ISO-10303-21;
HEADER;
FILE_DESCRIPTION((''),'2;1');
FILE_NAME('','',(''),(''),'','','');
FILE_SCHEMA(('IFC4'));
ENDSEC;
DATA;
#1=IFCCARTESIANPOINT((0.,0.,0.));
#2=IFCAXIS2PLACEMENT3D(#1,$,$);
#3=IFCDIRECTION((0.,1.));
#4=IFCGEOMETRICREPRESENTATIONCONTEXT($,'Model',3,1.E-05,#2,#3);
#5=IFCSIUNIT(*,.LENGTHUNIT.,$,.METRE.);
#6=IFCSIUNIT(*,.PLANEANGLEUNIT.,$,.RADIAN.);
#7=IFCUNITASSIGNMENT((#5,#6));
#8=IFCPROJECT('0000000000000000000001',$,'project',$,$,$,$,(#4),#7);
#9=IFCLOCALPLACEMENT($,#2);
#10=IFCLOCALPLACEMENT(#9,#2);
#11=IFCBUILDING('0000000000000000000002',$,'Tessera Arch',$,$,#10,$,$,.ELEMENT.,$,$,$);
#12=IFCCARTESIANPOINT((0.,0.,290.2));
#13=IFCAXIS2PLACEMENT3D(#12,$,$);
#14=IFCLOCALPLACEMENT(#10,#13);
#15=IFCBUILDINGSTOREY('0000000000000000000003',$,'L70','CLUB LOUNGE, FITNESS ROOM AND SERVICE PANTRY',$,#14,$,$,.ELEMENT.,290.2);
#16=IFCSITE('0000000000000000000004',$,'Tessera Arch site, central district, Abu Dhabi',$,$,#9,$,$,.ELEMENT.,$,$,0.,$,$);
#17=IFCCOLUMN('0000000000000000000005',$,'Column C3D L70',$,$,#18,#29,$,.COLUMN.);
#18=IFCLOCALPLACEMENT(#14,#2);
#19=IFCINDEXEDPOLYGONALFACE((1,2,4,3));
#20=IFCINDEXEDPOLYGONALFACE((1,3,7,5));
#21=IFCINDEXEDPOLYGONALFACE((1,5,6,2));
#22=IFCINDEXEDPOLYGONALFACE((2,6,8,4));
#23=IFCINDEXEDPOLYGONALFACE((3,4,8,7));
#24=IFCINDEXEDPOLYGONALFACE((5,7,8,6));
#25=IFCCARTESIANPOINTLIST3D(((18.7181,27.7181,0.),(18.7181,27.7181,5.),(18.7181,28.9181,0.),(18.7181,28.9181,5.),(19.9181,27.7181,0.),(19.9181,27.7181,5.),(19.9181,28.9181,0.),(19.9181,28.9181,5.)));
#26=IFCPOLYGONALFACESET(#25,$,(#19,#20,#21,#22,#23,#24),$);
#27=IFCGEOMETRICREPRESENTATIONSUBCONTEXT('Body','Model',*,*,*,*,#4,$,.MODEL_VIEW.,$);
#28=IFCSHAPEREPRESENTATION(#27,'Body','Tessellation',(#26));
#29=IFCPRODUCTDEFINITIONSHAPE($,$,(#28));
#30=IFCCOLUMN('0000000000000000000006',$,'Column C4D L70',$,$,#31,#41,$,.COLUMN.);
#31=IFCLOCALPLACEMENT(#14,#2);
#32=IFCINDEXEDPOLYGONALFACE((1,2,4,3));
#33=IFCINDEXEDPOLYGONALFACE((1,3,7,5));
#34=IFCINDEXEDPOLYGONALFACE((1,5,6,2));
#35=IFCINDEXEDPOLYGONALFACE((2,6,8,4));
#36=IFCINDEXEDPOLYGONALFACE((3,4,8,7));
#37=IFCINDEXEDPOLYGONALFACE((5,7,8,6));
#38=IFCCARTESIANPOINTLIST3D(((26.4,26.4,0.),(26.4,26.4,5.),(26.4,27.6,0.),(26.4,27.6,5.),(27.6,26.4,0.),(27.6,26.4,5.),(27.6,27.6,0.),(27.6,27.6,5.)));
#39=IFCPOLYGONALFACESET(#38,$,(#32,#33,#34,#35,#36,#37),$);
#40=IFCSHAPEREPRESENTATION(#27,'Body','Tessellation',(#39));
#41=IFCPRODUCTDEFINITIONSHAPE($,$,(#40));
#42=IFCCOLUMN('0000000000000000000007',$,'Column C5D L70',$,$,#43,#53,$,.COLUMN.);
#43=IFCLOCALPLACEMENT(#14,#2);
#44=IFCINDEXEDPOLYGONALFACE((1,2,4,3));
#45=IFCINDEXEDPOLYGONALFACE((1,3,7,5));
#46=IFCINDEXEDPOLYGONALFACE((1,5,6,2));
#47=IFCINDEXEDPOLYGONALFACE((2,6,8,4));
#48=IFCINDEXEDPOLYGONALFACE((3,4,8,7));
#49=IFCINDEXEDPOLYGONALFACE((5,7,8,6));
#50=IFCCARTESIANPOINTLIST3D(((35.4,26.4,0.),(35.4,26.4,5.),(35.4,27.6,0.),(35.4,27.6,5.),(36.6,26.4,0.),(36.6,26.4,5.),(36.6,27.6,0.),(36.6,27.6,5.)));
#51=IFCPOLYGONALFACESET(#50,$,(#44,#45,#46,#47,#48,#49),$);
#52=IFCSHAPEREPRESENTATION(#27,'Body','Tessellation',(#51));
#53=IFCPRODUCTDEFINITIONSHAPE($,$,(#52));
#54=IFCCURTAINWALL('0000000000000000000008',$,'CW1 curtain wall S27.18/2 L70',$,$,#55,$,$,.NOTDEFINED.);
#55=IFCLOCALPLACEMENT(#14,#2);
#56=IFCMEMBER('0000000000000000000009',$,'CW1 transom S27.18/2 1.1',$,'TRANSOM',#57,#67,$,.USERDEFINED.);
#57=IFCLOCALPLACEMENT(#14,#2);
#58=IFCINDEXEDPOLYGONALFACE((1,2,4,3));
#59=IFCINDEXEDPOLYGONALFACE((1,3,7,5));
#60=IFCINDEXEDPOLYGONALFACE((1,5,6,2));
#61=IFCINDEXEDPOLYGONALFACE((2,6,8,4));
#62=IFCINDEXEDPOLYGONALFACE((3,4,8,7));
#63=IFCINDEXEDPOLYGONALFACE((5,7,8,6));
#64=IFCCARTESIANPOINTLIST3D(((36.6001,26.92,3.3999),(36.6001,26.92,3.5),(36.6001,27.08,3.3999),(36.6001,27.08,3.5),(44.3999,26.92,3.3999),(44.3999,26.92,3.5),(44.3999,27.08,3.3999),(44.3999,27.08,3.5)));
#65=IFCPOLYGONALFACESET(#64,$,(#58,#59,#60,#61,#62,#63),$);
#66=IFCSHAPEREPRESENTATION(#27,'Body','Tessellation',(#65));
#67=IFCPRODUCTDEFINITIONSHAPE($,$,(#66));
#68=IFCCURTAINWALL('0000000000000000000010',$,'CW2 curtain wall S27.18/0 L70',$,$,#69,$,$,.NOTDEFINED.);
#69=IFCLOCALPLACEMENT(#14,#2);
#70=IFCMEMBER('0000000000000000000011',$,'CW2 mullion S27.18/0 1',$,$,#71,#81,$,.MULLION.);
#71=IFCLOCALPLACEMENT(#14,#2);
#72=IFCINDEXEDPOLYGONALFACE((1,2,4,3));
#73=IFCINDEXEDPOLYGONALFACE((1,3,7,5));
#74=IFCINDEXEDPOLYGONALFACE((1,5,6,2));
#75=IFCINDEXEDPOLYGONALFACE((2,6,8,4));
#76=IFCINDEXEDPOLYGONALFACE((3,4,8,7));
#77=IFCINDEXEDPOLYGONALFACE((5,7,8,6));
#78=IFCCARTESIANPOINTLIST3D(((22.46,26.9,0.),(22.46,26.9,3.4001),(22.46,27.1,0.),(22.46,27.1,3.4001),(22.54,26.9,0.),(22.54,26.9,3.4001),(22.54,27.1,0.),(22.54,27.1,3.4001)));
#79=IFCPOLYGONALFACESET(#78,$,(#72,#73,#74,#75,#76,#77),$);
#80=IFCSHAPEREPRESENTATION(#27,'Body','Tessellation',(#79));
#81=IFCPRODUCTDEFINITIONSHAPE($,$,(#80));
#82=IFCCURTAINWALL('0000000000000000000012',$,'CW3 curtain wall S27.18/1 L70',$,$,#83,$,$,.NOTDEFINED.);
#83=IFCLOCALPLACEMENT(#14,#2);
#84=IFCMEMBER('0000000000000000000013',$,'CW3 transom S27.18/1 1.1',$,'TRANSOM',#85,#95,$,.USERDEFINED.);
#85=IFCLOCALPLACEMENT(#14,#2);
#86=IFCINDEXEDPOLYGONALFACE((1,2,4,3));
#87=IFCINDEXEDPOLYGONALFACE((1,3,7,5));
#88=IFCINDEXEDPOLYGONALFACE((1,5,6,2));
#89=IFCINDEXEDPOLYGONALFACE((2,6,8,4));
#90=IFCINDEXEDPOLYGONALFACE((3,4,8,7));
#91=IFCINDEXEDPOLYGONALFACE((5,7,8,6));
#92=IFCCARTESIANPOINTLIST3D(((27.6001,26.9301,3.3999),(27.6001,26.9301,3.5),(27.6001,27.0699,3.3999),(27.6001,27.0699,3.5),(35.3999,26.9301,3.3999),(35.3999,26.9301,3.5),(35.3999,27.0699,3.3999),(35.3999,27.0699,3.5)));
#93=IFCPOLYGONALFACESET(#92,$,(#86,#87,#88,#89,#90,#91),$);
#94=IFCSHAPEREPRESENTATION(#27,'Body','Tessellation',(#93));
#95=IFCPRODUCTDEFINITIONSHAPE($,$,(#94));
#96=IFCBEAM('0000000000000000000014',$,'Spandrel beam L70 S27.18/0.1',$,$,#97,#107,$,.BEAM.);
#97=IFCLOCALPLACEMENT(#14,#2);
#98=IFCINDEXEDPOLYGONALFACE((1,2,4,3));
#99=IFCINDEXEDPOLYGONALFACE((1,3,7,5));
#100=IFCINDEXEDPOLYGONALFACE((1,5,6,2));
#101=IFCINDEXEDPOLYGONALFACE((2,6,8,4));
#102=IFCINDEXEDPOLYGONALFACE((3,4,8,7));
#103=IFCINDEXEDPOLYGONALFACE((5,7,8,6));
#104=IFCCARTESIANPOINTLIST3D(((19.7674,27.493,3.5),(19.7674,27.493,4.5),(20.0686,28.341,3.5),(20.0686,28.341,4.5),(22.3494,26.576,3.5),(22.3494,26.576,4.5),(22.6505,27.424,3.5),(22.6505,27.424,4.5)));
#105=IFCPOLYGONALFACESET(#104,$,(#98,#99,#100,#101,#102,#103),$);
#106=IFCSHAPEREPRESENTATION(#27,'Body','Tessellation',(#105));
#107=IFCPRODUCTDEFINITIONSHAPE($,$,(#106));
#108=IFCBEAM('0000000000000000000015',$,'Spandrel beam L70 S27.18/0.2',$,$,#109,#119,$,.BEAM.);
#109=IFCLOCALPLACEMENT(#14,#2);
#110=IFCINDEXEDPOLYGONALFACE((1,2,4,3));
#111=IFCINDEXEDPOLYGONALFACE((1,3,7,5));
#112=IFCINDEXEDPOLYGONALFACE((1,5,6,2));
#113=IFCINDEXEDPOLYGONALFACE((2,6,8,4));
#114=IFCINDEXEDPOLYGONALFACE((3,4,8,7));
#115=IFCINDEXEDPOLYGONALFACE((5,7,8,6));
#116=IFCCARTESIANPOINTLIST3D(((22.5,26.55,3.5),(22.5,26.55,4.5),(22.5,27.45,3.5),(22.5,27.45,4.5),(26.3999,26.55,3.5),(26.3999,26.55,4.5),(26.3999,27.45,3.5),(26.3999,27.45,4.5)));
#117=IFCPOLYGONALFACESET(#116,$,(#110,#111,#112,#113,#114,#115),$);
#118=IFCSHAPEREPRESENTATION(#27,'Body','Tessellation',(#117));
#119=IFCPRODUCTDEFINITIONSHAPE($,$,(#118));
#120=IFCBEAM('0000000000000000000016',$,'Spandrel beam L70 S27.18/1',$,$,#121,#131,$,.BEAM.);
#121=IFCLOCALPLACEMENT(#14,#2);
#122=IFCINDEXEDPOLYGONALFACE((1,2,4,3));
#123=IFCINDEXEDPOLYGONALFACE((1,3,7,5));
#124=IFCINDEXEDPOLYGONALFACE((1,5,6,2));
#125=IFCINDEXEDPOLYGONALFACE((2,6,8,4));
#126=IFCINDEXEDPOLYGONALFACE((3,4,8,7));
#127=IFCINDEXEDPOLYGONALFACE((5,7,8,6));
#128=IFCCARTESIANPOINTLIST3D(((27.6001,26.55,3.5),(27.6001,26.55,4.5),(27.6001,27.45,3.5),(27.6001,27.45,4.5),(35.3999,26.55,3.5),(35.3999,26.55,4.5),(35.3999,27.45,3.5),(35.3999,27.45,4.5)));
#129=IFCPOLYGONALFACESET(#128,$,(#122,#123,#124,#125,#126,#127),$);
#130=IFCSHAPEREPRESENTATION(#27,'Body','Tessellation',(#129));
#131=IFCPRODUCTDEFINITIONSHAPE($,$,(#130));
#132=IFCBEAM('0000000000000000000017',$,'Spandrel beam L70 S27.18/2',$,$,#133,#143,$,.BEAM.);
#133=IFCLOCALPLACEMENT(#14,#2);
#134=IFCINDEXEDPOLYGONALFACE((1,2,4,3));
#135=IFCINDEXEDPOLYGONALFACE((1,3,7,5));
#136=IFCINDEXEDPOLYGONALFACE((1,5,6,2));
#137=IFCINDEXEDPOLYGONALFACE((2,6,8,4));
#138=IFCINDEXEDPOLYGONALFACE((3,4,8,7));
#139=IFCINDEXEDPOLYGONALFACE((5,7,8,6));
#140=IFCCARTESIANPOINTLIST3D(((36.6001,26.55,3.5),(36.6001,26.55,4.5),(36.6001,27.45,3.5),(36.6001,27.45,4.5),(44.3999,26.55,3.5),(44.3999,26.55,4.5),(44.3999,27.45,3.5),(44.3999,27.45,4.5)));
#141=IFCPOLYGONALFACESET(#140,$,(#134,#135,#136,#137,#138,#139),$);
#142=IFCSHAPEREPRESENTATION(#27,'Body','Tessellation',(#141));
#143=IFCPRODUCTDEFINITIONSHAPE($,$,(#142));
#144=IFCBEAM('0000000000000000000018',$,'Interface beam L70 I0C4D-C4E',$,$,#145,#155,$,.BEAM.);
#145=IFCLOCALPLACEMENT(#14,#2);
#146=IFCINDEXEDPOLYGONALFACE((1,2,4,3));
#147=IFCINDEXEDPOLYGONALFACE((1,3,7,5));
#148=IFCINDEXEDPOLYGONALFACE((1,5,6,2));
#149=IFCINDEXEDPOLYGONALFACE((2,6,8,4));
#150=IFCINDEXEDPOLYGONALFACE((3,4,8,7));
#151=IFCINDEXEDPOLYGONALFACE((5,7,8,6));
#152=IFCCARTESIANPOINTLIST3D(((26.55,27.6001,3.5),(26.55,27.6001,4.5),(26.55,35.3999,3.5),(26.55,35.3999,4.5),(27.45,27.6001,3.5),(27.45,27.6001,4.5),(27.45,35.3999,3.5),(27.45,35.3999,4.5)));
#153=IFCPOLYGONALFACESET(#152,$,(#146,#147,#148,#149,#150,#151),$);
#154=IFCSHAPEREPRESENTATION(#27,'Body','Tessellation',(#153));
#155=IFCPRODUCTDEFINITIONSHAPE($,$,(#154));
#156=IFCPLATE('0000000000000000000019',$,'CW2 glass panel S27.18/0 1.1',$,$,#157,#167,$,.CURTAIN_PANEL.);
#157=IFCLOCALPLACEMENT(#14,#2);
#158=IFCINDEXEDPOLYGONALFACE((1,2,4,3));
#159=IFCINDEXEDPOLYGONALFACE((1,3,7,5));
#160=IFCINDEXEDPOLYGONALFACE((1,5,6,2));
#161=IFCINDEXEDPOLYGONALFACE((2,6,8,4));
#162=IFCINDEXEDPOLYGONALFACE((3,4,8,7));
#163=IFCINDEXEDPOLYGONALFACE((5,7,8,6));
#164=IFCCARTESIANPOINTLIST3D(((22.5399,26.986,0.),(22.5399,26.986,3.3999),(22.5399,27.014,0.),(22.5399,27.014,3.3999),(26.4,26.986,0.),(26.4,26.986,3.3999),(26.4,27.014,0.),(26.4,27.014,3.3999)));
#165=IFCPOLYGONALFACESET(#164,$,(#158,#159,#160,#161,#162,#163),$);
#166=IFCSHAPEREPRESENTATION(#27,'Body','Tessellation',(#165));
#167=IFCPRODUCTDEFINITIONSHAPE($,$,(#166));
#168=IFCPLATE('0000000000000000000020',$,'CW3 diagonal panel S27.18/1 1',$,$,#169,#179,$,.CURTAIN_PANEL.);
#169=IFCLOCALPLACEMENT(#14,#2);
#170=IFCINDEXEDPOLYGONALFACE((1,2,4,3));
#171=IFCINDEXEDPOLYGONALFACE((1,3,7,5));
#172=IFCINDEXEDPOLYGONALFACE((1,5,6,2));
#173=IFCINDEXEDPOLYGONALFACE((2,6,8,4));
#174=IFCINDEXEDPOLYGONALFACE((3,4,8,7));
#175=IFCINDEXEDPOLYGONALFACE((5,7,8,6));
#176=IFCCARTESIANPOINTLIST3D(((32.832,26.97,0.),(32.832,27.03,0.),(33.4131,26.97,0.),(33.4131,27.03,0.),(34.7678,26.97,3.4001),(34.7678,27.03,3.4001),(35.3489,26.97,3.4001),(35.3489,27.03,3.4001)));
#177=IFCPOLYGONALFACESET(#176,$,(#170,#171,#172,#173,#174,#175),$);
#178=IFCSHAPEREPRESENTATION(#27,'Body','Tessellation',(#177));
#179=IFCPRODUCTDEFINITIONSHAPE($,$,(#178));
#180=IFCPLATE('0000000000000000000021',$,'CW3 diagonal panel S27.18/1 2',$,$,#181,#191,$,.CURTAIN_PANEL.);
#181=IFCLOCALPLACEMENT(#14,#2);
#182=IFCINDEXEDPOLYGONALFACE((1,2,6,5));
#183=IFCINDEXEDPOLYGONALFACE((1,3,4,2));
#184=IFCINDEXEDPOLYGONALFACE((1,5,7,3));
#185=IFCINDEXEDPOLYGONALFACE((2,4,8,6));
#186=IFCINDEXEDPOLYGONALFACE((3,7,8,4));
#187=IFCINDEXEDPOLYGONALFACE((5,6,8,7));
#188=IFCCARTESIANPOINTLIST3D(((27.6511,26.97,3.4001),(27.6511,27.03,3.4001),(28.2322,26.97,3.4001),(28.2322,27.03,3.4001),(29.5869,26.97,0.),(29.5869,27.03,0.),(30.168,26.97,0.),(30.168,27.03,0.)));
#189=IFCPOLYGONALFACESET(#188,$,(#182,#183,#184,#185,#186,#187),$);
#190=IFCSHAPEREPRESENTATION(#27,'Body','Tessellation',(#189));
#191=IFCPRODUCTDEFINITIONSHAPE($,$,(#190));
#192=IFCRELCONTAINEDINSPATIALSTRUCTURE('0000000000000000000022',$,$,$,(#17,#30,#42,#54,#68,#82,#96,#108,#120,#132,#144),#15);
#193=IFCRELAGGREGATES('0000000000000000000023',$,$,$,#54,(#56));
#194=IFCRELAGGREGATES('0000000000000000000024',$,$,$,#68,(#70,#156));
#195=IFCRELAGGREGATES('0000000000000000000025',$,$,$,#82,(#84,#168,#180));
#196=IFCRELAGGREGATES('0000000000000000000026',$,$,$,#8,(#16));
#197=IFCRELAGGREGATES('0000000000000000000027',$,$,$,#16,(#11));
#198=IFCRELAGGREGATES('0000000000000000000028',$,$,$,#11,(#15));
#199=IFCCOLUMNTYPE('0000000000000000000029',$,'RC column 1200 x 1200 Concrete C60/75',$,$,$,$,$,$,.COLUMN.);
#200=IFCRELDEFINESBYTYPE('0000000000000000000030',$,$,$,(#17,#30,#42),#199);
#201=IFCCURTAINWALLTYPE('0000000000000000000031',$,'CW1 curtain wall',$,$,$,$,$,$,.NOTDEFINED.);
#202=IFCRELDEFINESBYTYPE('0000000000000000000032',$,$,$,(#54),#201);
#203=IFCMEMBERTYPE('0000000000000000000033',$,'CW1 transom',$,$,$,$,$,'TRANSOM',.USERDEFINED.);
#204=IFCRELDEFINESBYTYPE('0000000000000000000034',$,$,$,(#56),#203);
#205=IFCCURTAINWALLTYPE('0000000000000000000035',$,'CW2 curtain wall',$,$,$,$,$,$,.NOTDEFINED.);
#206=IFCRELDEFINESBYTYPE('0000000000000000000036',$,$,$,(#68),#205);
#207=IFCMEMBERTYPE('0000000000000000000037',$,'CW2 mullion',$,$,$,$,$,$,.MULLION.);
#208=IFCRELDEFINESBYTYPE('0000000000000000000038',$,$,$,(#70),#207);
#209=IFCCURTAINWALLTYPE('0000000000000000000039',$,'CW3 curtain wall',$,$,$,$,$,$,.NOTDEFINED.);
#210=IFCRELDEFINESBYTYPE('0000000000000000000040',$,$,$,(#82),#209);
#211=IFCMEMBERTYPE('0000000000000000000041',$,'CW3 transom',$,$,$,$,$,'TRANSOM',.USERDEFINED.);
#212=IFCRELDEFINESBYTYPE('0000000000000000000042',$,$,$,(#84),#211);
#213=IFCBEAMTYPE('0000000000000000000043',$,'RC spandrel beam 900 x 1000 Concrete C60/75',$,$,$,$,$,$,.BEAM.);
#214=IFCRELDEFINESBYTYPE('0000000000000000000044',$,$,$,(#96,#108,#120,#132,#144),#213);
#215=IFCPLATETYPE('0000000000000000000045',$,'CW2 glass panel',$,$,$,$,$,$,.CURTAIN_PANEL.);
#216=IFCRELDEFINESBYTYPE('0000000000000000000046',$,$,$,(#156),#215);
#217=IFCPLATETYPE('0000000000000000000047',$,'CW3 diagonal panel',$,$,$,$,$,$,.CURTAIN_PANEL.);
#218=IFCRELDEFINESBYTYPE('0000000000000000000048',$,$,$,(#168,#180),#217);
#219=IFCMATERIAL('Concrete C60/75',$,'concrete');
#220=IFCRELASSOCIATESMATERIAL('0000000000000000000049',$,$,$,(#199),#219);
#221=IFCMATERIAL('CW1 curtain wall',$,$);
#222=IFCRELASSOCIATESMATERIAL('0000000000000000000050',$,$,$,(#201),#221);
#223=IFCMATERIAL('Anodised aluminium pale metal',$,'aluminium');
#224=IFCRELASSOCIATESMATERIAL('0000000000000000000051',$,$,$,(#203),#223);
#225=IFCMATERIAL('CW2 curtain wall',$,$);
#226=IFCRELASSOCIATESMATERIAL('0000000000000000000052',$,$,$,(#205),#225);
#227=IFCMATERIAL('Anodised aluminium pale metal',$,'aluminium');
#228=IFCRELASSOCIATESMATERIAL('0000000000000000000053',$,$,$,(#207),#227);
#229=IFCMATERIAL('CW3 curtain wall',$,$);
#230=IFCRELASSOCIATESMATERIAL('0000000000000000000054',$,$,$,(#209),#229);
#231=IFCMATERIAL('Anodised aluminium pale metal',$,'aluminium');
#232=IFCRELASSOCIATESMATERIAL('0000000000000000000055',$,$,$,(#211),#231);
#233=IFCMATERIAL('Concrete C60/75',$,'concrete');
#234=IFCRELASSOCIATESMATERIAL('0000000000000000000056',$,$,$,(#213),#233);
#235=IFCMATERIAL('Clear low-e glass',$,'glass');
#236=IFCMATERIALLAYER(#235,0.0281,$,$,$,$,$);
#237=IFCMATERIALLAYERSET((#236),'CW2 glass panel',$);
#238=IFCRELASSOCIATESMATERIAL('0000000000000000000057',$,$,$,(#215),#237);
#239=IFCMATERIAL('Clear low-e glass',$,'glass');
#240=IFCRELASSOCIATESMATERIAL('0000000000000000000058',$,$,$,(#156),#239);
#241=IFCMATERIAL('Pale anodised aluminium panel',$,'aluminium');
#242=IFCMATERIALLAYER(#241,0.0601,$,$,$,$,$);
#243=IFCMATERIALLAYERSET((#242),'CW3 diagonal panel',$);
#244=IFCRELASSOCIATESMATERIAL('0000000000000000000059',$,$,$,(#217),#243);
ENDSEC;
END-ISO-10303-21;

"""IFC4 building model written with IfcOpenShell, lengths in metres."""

from ifc_helpers import new_model, si_unit, direction, frame, origin, origin_2d, place, context, subcontext, project, spatial, polyline, rectangle, outline, extrude, material, layer, layer_set, material_profile, profile_set, type_object, element, aggregate, save


model = new_model("IFC4")

# Units and contexts
model_context = context("Model", 3, precision=1e-05, world=origin(), true_north=direction((0.0, 1.0)))
body_context = subcontext(model_context, "Body", "Model", "MODEL_VIEW")
ifc_project = project(units=[si_unit("LENGTHUNIT", "METRE"), si_unit("PLANEANGLEUNIT", "RADIAN")], contexts=[model_context])

# Site, building, storey
site_placement = place(None, origin())
site = spatial("IfcSite", under=ifc_project, at=site_placement, Name="Tessera Arch site, central district, Abu Dhabi", CompositionType="ELEMENT", RefElevation=0.0)
building_placement = place(site_placement, origin())
building = spatial("IfcBuilding", under=site, at=building_placement, Name="Tessera Arch", CompositionType="ELEMENT")
storey_placement = place(building_placement, frame((0.0, 0.0, 290.2)))
storey = spatial("IfcBuildingStorey", under=building, at=storey_placement, Name="L70", Description="CLUB LOUNGE, FITNESS ROOM AND SERVICE PANTRY", CompositionType="ELEMENT", Elevation=290.2)

# Columns
ifc_material_1 = material(Name="Concrete C60/75", Category="concrete")
ifc_material_profile_1 = material_profile(ifc_material_1, rectangle(XDim=1.2, YDim=1.2, at=origin_2d()), Name="RC column 1200 x 1200 Concrete C60/75")
ifc_profile_set_1 = profile_set([ifc_material_profile_1], Name="Concrete C60/75")
column_type = type_object("IfcColumnType", Name="RC column 1200 x 1200 Concrete C60/75", PredefinedType="COLUMN", material=ifc_profile_set_1)
for number, where, z_axis, x_axis, name in (
    (1, (19.3181, 28.3181, 0.0), (0.0, 0.0, 1.0), (1.0, 0.0, 0.0), "Column C3D L70"),
    (2, (27.0, 27.0, 0.0), (0.0, 0.0, 1.0), (1.0, 0.0, 0.0), "Column C4D L70"),
    (3, (36.0, 27.0, 0.0), (0.0, 0.0, 1.0), (1.0, 0.0, 0.0), "Column C5D L70"),
):
    element("IfcColumn", number, at=place(storey_placement, frame(where, z_axis=z_axis, x_axis=x_axis)), inside=storey, type_object=column_type, Name=name, PredefinedType="COLUMN", context=body_context, shape_type="SweptSolid", body=[
        extrude(rectangle(XDim=1.2, YDim=1.2, at=origin_2d()), origin(), (0.0, 0.0, 1.0), 5.0),
    ])

# Curtain walls, members
ifc_material_2 = material(Name="CW1 curtain wall")
curtain_wall_type_1 = type_object("IfcCurtainWallType", Name="CW1 curtain wall", PredefinedType="NOTDEFINED", material=ifc_material_2)
curtain_wall_1_placement = place(storey_placement, origin())
curtain_wall_1 = element("IfcCurtainWall", 4, at=curtain_wall_1_placement, inside=storey, type_object=curtain_wall_type_1, Name="CW1 curtain wall S27.18/2 L70", PredefinedType="NOTDEFINED")
ifc_material_3 = material(Name="Anodised aluminium pale metal", Category="aluminium")
ifc_material_profile_2 = material_profile(ifc_material_3, rectangle(XDim=0.1599, YDim=0.1001, at=origin_2d()), Name="AL 160x100")
ifc_profile_set_2 = profile_set([ifc_material_profile_2], Name="Anodised aluminium pale metal")
member_type_1 = type_object("IfcMemberType", Name="CW1 transom", ElementType="TRANSOM", PredefinedType="USERDEFINED", material=ifc_profile_set_2)
member_1_placement = place(storey_placement, frame((36.6001, 27.0, 3.45), z_axis=(1.0, 0.0, 0.0), x_axis=(0.0, 1.0, 0.0)))
member_1 = element("IfcMember", 5, at=member_1_placement, type_object=member_type_1, Name="CW1 transom S27.18/2 1.1", ObjectType="TRANSOM", PredefinedType="USERDEFINED", context=body_context, shape_type="SweptSolid", body=[
    extrude(rectangle(XDim=0.1599, YDim=0.1001, at=origin_2d()), origin(), (0.0, 0.0, 1.0), 7.7998),
])
aggregate(curtain_wall_1, [member_1])
ifc_material_4 = material(Name="CW2 curtain wall")
curtain_wall_type_2 = type_object("IfcCurtainWallType", Name="CW2 curtain wall", PredefinedType="NOTDEFINED", material=ifc_material_4)
curtain_wall_2_placement = place(storey_placement, origin())
curtain_wall_2 = element("IfcCurtainWall", 6, at=curtain_wall_2_placement, inside=storey, type_object=curtain_wall_type_2, Name="CW2 curtain wall S27.18/0 L70", PredefinedType="NOTDEFINED")
ifc_material_5 = material(Name="Anodised aluminium pale metal", Category="aluminium")
ifc_material_profile_3 = material_profile(ifc_material_5, rectangle(XDim=0.2, YDim=0.0801, at=origin_2d()), Name="AL 80x200")
ifc_profile_set_3 = profile_set([ifc_material_profile_3], Name="Anodised aluminium pale metal")
member_type_2 = type_object("IfcMemberType", Name="CW2 mullion", PredefinedType="MULLION", material=ifc_profile_set_3)
member_2_placement = place(storey_placement, frame((22.5, 27.0, 0.0), z_axis=(0.0, 0.0, 1.0), x_axis=(0.0, 1.0, 0.0)))
member_2 = element("IfcMember", 7, at=member_2_placement, type_object=member_type_2, Name="CW2 mullion S27.18/0 1", PredefinedType="MULLION", context=body_context, shape_type="SweptSolid", body=[
    extrude(rectangle(XDim=0.2, YDim=0.0801, at=origin_2d()), origin(), (0.0, 0.0, 1.0), 3.4001),
])
ifc_material_6 = material(Name="CW3 curtain wall")
curtain_wall_type_3 = type_object("IfcCurtainWallType", Name="CW3 curtain wall", PredefinedType="NOTDEFINED", material=ifc_material_6)
curtain_wall_3_placement = place(storey_placement, origin())
curtain_wall_3 = element("IfcCurtainWall", 8, at=curtain_wall_3_placement, inside=storey, type_object=curtain_wall_type_3, Name="CW3 curtain wall S27.18/1 L70", PredefinedType="NOTDEFINED")
ifc_material_7 = material(Name="Anodised aluminium pale metal", Category="aluminium")
ifc_material_profile_4 = material_profile(ifc_material_7, rectangle(XDim=0.1399, YDim=0.1001, at=origin_2d()), Name="AL 140x100")
ifc_profile_set_4 = profile_set([ifc_material_profile_4], Name="Anodised aluminium pale metal")
member_type_3 = type_object("IfcMemberType", Name="CW3 transom", ElementType="TRANSOM", PredefinedType="USERDEFINED", material=ifc_profile_set_4)
member_3_placement = place(storey_placement, frame((27.6001, 27.0, 3.45), z_axis=(1.0, 0.0, 0.0), x_axis=(0.0, 1.0, 0.0)))
member_3 = element("IfcMember", 9, at=member_3_placement, type_object=member_type_3, Name="CW3 transom S27.18/1 1.1", ObjectType="TRANSOM", PredefinedType="USERDEFINED", context=body_context, shape_type="SweptSolid", body=[
    extrude(rectangle(XDim=0.1399, YDim=0.1001, at=origin_2d()), origin(), (0.0, 0.0, 1.0), 7.7998),
])

# Beams
ifc_material_8 = material(Name="Concrete C60/75", Category="concrete")
ifc_material_profile_5 = material_profile(ifc_material_8, rectangle(XDim=0.8999, YDim=1.0, at=origin_2d()), Name="RC spandrel beam 900 x 1000 Concrete C60/75")
ifc_profile_set_5 = profile_set([ifc_material_profile_5], Name="Concrete C60/75")
beam_type = type_object("IfcBeamType", Name="RC spandrel beam 900 x 1000 Concrete C60/75", PredefinedType="BEAM", material=ifc_profile_set_5)
beam_1_placement = place(storey_placement, frame((19.918, 27.917, 4.0), z_axis=(0.942337, -0.334665, 0.0), x_axis=(0.334665, 0.942337, 0.0)))
element("IfcBeam", 10, at=beam_1_placement, inside=storey, type_object=beam_type, Name="Spandrel beam L70 S27.18/0.1", PredefinedType="BEAM", context=body_context, shape_type="SweptSolid", body=[
    extrude(rectangle(XDim=0.8999, YDim=1.0, at=origin_2d()), origin(), (0.0, 0.0, 1.0), 2.74),
])
beam_2_placement = place(storey_placement, frame((22.5, 27.0, 4.0), z_axis=(1.0, 0.0, 0.0), x_axis=(0.0, 1.0, 0.0)))
element("IfcBeam", 11, at=beam_2_placement, inside=storey, type_object=beam_type, Name="Spandrel beam L70 S27.18/0.2", PredefinedType="BEAM", context=body_context, shape_type="SweptSolid", body=[
    extrude(rectangle(XDim=0.8999, YDim=1.0, at=origin_2d()), origin(), (0.0, 0.0, 1.0), 3.8999),
])
for number, where, z_axis, x_axis, name in (
    (12, (27.6001, 27.0, 4.0), (1.0, 0.0, 0.0), (0.0, 1.0, 0.0), "Spandrel beam L70 S27.18/1"),
    (13, (36.6001, 27.0, 4.0), (1.0, 0.0, 0.0), (0.0, 1.0, 0.0), "Spandrel beam L70 S27.18/2"),
    (14, (27.0, 27.6001, 4.0), (0.0, 1.0, 0.0), (-1.0, 0.0, 0.0), "Interface beam L70 I0C4D-C4E"),
):
    element("IfcBeam", number, at=place(storey_placement, frame(where, z_axis=z_axis, x_axis=x_axis)), inside=storey, type_object=beam_type, Name=name, PredefinedType="BEAM", context=body_context, shape_type="SweptSolid", body=[
        extrude(rectangle(XDim=0.8999, YDim=1.0, at=origin_2d()), origin(), (0.0, 0.0, 1.0), 7.7998),
    ])

# Plates
ifc_material_9 = material(Name="Clear low-e glass", Category="glass")
ifc_material_10 = material(Name="Clear low-e glass", Category="glass")
ifc_layer_1 = layer(ifc_material_10, 0.0281)
ifc_layer_set_1 = layer_set([ifc_layer_1], Name="CW2 glass panel")
plate_type_1 = type_object("IfcPlateType", Name="CW2 glass panel", PredefinedType="CURTAIN_PANEL", material=ifc_layer_set_1)
plate_1_placement = place(storey_placement, frame((24.47, 27.0, 0.0), z_axis=(0.0, 0.0, 1.0), x_axis=(1.0, 0.0, 0.0)))
plate_1 = element("IfcPlate", 15, at=plate_1_placement, type_object=plate_type_1, material=ifc_material_9, Name="CW2 glass panel S27.18/0 1.1", PredefinedType="CURTAIN_PANEL", context=body_context, shape_type="SweptSolid", body=[
    extrude(rectangle(XDim=3.8601, YDim=0.0281, at=origin_2d()), origin(), (0.0, 0.0, 1.0), 3.3999),
])
aggregate(curtain_wall_2, [member_2, plate_1])
ifc_material_11 = material(Name="Pale anodised aluminium panel", Category="aluminium")
ifc_layer_2 = layer(ifc_material_11, 0.0601)
ifc_layer_set_2 = layer_set([ifc_layer_2], Name="CW3 diagonal panel")
plate_type_2 = type_object("IfcPlateType", Name="CW3 diagonal panel", PredefinedType="CURTAIN_PANEL", material=ifc_layer_set_2)
plate_2_placement = place(storey_placement, frame((35.3489, 26.97, 3.4001), z_axis=(0.0, -1.0, 0.0), x_axis=(-1.0, 0.0, 0.0)))
plate_2 = element("IfcPlate", 16, at=plate_2_placement, type_object=plate_type_2, Name="CW3 diagonal panel S27.18/1 1", PredefinedType="CURTAIN_PANEL", context=body_context, shape_type="SweptSolid", body=[
    extrude(outline(polyline([(0.0, 0.0), (0.5811, 0.0), (2.5168, 3.4001), (1.9358, 3.4001), (0.0, 0.0)])), origin(), (0.0, 0.0, -1.0), 0.0601),
])
plate_3_placement = place(storey_placement, frame((28.2322, 26.97, 3.4001), z_axis=(0.0, -1.0, 0.0), x_axis=(-1.0, 0.0, 0.0)))
plate_3 = element("IfcPlate", 17, at=plate_3_placement, type_object=plate_type_2, Name="CW3 diagonal panel S27.18/1 2", PredefinedType="CURTAIN_PANEL", context=body_context, shape_type="SweptSolid", body=[
    extrude(outline(polyline([(0.0, 0.0), (0.5811, 0.0), (-1.3547, 3.4001), (-1.9358, 3.4001), (0.0, 0.0)])), origin(), (0.0, 0.0, -1.0), 0.0601),
])
aggregate(curtain_wall_3, [member_3, plate_2, plate_3])

save(model, "model.ifc")
